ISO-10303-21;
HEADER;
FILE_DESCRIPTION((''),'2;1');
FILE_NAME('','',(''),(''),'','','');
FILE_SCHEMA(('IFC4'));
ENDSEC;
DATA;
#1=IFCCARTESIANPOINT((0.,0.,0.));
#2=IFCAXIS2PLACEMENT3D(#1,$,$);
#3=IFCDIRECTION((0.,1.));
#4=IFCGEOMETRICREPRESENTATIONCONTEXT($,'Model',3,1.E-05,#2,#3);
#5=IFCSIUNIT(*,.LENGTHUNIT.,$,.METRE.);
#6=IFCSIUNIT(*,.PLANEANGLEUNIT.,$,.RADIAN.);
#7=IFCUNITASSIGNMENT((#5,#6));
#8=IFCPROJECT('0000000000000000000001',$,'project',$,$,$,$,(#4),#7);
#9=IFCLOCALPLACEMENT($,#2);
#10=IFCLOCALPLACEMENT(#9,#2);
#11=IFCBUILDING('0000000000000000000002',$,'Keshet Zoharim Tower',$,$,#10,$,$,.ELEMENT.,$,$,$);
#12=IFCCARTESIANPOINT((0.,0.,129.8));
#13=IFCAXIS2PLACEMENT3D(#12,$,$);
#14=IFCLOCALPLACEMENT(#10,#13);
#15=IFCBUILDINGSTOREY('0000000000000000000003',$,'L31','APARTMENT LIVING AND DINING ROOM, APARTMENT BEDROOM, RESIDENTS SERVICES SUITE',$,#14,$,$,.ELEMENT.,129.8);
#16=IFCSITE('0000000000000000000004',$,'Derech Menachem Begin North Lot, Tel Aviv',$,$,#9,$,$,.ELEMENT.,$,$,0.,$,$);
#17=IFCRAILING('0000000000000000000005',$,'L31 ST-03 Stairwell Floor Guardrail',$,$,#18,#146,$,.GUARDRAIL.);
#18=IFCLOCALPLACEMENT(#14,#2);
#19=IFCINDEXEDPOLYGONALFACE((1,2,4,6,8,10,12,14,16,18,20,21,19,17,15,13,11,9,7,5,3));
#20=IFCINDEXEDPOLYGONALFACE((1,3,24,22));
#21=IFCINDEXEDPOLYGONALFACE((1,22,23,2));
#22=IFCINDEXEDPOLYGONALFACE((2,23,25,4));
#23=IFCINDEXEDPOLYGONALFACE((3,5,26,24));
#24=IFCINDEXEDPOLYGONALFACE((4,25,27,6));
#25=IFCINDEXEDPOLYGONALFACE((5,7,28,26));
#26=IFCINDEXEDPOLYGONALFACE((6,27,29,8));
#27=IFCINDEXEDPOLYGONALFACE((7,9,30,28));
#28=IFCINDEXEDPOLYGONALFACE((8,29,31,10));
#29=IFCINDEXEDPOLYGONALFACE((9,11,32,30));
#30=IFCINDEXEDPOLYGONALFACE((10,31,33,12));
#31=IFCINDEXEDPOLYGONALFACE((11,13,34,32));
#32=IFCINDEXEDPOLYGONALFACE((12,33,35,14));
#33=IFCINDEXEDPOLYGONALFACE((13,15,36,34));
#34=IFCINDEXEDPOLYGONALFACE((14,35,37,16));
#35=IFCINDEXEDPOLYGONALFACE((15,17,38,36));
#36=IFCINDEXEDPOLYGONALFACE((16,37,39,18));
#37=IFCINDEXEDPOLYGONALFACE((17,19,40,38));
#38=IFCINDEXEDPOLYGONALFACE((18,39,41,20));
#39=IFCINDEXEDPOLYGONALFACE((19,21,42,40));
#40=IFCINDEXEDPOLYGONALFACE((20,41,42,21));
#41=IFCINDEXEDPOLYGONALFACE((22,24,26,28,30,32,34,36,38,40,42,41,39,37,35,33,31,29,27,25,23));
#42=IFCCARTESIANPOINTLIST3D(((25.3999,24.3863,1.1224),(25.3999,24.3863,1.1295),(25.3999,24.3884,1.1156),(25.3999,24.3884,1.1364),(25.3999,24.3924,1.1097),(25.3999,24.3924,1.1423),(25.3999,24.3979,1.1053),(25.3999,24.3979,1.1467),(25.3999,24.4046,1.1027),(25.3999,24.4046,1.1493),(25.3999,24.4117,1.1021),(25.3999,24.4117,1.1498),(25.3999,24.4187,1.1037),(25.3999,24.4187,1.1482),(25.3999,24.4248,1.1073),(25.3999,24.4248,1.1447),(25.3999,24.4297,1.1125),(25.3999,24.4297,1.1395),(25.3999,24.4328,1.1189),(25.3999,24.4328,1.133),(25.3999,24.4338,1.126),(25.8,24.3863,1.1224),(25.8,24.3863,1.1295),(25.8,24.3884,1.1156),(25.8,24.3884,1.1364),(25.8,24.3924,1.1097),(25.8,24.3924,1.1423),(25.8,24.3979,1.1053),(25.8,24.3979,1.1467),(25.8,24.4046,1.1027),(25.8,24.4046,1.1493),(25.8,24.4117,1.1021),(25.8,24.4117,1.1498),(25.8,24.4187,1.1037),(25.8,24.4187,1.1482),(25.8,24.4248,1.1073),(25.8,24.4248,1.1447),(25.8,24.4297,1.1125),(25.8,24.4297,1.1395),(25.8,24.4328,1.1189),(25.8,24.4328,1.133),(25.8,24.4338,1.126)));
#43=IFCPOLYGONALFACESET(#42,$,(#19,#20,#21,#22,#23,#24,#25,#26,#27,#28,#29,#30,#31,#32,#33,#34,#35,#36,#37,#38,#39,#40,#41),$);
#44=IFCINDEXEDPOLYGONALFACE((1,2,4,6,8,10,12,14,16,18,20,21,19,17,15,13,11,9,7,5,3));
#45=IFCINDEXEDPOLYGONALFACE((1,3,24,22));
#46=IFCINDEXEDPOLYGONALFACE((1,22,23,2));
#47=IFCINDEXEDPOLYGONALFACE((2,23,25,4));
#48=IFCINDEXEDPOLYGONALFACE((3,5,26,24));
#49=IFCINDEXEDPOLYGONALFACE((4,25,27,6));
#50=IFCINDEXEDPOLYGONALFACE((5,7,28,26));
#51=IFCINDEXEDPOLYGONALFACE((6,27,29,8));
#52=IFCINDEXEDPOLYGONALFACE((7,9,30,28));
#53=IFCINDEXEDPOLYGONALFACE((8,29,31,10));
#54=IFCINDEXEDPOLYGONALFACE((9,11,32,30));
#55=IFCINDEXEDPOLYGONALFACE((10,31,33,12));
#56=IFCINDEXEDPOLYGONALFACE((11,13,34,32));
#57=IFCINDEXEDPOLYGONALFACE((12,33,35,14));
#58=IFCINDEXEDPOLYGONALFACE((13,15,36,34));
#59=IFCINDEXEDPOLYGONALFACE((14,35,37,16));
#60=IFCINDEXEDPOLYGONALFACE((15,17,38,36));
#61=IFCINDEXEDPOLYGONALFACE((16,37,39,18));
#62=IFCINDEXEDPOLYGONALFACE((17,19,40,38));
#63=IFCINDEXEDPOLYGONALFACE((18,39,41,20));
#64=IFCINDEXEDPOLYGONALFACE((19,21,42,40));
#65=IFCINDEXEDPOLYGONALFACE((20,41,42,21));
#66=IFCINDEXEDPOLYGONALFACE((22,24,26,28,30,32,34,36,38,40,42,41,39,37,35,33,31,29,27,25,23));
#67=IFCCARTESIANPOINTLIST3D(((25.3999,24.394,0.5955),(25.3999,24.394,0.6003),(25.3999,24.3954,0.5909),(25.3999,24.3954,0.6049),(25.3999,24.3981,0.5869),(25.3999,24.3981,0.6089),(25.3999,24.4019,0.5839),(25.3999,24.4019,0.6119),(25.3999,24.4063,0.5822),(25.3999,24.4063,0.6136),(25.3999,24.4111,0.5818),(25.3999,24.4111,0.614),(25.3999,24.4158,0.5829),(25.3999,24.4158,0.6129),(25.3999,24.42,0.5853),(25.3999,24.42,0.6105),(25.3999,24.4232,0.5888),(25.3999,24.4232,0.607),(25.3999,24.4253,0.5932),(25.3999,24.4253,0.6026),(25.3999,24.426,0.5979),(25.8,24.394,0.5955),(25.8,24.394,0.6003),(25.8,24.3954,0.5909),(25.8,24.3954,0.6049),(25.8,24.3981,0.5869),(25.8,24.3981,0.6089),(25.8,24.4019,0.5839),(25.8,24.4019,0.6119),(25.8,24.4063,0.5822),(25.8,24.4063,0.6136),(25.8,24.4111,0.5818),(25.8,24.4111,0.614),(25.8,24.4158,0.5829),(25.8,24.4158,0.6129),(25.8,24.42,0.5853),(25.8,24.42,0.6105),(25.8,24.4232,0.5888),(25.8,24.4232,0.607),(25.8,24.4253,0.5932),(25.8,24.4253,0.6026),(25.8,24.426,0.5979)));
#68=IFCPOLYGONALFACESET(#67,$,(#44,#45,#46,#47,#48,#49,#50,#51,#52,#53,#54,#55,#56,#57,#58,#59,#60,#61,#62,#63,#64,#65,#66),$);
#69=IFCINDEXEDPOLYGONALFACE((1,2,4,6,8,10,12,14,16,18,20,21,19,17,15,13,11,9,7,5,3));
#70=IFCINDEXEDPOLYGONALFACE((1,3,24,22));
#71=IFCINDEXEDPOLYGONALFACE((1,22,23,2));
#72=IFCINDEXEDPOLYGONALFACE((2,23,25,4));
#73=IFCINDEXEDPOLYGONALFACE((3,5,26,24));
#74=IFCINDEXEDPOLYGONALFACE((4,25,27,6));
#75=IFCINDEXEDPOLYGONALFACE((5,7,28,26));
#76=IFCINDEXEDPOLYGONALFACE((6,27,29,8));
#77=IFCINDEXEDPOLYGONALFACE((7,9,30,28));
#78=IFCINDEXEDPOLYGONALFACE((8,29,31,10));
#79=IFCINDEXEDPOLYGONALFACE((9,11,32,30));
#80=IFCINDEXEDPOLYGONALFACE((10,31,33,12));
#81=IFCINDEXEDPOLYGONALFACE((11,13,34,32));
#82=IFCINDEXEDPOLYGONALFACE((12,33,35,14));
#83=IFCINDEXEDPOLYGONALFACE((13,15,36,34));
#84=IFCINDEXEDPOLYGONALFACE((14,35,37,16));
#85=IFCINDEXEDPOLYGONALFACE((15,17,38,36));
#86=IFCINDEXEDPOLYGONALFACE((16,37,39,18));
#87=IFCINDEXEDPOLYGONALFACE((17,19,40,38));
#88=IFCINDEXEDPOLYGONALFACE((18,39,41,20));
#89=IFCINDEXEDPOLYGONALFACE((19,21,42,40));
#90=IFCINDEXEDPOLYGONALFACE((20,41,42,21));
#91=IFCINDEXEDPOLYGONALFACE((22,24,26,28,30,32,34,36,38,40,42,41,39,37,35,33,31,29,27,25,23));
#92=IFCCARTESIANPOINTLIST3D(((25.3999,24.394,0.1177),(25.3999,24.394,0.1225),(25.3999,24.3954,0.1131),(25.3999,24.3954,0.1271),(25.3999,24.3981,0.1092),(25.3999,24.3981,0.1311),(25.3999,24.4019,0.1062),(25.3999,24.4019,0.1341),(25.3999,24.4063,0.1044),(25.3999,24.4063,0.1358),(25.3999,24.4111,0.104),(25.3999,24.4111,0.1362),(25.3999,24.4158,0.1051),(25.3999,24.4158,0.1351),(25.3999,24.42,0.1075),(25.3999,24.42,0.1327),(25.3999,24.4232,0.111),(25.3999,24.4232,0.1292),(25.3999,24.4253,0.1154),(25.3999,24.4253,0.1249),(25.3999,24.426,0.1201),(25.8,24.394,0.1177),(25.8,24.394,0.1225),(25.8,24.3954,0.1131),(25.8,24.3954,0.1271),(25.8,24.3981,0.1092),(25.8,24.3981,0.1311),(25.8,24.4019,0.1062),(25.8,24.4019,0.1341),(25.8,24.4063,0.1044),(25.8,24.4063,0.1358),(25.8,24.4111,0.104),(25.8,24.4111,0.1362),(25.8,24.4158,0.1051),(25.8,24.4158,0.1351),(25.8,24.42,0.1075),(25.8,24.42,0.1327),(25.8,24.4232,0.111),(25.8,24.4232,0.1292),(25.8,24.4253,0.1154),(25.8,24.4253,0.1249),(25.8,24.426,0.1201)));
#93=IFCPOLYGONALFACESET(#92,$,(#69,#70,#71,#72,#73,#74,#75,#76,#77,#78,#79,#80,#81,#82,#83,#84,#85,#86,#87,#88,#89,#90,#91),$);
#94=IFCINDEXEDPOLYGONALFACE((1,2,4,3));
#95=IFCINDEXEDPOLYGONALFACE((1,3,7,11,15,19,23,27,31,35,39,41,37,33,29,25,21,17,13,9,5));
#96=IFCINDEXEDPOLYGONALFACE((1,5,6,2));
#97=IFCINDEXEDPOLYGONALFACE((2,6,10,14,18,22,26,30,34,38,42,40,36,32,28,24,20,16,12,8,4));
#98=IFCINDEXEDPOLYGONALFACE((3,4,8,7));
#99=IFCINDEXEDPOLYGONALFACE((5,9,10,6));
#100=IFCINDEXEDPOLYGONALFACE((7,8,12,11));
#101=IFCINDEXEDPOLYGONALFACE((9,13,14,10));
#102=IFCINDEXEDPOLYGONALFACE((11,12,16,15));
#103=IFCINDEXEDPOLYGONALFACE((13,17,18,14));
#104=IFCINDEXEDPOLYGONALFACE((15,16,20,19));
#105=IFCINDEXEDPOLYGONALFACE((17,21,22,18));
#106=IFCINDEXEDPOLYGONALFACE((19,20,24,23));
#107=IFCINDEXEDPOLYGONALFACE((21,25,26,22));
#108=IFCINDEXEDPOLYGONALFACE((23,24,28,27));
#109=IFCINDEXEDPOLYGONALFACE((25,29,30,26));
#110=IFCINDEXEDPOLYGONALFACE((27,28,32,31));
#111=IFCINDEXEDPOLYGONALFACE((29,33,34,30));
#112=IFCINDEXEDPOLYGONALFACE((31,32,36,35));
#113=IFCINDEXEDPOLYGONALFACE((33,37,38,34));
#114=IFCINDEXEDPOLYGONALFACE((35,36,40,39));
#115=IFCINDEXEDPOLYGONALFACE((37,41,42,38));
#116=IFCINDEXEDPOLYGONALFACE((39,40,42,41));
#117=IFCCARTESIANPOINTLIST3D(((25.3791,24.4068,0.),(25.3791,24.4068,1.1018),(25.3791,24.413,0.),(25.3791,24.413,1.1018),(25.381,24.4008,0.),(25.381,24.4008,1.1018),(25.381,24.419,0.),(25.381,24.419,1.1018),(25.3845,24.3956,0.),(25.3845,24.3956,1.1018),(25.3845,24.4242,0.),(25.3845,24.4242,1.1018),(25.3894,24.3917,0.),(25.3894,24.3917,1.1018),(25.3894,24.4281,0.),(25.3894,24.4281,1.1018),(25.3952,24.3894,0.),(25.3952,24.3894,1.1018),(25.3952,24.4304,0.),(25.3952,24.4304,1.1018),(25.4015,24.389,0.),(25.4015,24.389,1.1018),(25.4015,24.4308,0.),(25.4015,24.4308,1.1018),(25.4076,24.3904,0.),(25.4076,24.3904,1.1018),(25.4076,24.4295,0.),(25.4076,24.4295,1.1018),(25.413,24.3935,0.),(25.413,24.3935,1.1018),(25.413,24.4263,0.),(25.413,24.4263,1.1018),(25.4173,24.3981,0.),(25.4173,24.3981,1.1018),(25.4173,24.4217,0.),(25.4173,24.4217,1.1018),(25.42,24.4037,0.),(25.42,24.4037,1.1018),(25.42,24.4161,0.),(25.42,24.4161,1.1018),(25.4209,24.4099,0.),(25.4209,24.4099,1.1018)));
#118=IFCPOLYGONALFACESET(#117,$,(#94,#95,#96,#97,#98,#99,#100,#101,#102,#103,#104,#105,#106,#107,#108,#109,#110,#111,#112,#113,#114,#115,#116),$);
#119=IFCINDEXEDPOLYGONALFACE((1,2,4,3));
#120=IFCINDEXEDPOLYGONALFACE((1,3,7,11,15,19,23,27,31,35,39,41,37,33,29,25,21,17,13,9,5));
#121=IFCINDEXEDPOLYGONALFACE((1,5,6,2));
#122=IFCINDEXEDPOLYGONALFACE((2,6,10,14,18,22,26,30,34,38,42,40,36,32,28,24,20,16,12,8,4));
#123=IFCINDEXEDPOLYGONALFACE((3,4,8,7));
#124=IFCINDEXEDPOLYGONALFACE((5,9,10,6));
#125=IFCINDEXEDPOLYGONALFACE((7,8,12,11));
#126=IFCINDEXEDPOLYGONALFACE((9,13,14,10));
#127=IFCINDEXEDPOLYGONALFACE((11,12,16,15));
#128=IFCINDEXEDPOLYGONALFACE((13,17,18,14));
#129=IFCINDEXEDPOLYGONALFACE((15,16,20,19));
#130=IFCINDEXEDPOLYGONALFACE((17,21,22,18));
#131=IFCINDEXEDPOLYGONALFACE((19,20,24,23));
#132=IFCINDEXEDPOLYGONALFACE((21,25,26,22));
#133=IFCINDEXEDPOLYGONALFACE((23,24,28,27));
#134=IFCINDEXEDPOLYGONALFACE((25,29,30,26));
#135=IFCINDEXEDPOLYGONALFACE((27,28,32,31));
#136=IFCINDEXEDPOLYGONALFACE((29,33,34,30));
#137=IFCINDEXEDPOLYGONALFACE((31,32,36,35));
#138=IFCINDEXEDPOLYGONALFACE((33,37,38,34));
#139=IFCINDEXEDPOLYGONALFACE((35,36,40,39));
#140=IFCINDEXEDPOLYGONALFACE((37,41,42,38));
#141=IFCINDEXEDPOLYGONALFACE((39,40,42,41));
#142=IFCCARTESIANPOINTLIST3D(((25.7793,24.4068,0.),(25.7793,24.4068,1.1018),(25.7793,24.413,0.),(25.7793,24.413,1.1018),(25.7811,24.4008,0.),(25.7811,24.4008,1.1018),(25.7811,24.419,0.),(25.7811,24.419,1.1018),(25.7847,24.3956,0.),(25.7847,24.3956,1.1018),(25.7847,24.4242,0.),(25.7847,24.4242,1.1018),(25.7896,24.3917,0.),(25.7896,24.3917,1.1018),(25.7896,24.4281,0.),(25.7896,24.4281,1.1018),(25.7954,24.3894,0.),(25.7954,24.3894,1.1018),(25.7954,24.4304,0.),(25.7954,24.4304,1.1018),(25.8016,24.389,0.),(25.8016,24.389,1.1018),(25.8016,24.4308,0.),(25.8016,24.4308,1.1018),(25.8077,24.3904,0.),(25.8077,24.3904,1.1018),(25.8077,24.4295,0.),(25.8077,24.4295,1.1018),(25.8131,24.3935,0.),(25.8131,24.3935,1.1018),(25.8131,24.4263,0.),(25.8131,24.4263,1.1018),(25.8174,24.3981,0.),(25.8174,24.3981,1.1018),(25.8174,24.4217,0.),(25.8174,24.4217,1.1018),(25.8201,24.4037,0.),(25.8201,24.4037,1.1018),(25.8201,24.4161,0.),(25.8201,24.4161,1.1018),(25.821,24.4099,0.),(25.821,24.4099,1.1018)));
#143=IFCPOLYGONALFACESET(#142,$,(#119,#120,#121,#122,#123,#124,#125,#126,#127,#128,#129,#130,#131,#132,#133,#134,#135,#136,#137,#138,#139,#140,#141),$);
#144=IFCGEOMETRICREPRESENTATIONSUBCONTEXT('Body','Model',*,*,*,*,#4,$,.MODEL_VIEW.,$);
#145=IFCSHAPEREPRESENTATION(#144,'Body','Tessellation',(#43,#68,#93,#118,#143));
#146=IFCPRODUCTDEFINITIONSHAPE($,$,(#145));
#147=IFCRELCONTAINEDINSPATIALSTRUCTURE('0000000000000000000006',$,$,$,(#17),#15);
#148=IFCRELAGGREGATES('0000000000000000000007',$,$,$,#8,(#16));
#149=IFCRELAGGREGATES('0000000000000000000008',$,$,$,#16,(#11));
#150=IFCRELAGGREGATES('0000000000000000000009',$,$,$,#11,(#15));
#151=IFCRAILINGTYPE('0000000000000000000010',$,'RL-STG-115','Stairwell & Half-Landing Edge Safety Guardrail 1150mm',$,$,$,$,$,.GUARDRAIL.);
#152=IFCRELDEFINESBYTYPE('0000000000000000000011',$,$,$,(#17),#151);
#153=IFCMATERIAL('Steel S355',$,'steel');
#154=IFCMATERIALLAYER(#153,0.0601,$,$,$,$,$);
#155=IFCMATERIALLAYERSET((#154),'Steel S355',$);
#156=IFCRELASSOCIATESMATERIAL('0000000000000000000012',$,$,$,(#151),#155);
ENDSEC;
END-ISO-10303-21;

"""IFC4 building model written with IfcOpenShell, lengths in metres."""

from ifc_helpers import new_model, si_unit, direction, frame, origin, origin_2d, place, context, subcontext, project, spatial, circle, extrude, material, layer, layer_set, type_object, element, save


model = new_model("IFC4")

# Units and contexts
model_context = context("Model", 3, precision=1e-05, world=origin(), true_north=direction((0.0, 1.0)))
body_context = subcontext(model_context, "Body", "Model", "MODEL_VIEW")
ifc_project = project(units=[si_unit("LENGTHUNIT", "METRE"), si_unit("PLANEANGLEUNIT", "RADIAN")], contexts=[model_context])

# Site, building, storey
site_placement = place(None, origin())
site = spatial("IfcSite", under=ifc_project, at=site_placement, Name="Derech Menachem Begin North Lot, Tel Aviv", CompositionType="ELEMENT", RefElevation=0.0)
building_placement = place(site_placement, origin())
building = spatial("IfcBuilding", under=site, at=building_placement, Name="Keshet Zoharim Tower", CompositionType="ELEMENT")
storey_placement = place(building_placement, frame((0.0, 0.0, 129.8)))
storey = spatial("IfcBuildingStorey", under=building, at=storey_placement, Name="L31", Description="APARTMENT LIVING AND DINING ROOM, APARTMENT BEDROOM, RESIDENTS SERVICES SUITE", CompositionType="ELEMENT", Elevation=129.8)

# Shared definitions
ifc_material_1 = material(Name="Steel S355", Category="steel")

# Railing
ifc_layer_1 = layer(ifc_material_1, 0.0601)
ifc_layer_set_1 = layer_set([ifc_layer_1], Name="Steel S355")
railing_type_1 = type_object("IfcRailingType", Name="RL-STG-115", Description="Stairwell & Half-Landing Edge Safety Guardrail 1150mm", PredefinedType="GUARDRAIL", material=ifc_layer_set_1)
railing_1_placement = place(storey_placement, frame((25.3999, 24.4099, 0.0)))
element("IfcRailing", 1, at=railing_1_placement, inside=storey, type_object=railing_type_1, Name="L31 ST-03 Stairwell Floor Guardrail", PredefinedType="GUARDRAIL", context=body_context, shape_type="SweptSolid", body=[
    extrude(circle(Radius=0.0239, at=origin_2d()), frame((0.0, 0.0, 1.126), z_axis=(1.0, 0.0, 0.0), x_axis=(0.0, 1.0, 0.0)), (0.0, 0.0, 1.0), 0.4001),
    extrude(circle(Radius=0.0161, at=origin_2d()), frame((0.0, 0.0, 0.5979), z_axis=(1.0, 0.0, 0.0), x_axis=(0.0, 1.0, 0.0)), (0.0, 0.0, 1.0), 0.4001),
    extrude(circle(Radius=0.0161, at=origin_2d()), frame((0.0, 0.0, 0.1201), z_axis=(1.0, 0.0, 0.0), x_axis=(0.0, 1.0, 0.0)), (0.0, 0.0, 1.0), 0.4001),
    extrude(circle(Radius=0.021, at=origin_2d()), origin(), (0.0, 0.0, 1.0), 1.1018),
    extrude(circle(Radius=0.021, at=origin_2d()), frame((0.4001, 0.0, 0.0)), (0.0, 0.0, 1.0), 1.1018),
])

save(model, "model.ifc")
